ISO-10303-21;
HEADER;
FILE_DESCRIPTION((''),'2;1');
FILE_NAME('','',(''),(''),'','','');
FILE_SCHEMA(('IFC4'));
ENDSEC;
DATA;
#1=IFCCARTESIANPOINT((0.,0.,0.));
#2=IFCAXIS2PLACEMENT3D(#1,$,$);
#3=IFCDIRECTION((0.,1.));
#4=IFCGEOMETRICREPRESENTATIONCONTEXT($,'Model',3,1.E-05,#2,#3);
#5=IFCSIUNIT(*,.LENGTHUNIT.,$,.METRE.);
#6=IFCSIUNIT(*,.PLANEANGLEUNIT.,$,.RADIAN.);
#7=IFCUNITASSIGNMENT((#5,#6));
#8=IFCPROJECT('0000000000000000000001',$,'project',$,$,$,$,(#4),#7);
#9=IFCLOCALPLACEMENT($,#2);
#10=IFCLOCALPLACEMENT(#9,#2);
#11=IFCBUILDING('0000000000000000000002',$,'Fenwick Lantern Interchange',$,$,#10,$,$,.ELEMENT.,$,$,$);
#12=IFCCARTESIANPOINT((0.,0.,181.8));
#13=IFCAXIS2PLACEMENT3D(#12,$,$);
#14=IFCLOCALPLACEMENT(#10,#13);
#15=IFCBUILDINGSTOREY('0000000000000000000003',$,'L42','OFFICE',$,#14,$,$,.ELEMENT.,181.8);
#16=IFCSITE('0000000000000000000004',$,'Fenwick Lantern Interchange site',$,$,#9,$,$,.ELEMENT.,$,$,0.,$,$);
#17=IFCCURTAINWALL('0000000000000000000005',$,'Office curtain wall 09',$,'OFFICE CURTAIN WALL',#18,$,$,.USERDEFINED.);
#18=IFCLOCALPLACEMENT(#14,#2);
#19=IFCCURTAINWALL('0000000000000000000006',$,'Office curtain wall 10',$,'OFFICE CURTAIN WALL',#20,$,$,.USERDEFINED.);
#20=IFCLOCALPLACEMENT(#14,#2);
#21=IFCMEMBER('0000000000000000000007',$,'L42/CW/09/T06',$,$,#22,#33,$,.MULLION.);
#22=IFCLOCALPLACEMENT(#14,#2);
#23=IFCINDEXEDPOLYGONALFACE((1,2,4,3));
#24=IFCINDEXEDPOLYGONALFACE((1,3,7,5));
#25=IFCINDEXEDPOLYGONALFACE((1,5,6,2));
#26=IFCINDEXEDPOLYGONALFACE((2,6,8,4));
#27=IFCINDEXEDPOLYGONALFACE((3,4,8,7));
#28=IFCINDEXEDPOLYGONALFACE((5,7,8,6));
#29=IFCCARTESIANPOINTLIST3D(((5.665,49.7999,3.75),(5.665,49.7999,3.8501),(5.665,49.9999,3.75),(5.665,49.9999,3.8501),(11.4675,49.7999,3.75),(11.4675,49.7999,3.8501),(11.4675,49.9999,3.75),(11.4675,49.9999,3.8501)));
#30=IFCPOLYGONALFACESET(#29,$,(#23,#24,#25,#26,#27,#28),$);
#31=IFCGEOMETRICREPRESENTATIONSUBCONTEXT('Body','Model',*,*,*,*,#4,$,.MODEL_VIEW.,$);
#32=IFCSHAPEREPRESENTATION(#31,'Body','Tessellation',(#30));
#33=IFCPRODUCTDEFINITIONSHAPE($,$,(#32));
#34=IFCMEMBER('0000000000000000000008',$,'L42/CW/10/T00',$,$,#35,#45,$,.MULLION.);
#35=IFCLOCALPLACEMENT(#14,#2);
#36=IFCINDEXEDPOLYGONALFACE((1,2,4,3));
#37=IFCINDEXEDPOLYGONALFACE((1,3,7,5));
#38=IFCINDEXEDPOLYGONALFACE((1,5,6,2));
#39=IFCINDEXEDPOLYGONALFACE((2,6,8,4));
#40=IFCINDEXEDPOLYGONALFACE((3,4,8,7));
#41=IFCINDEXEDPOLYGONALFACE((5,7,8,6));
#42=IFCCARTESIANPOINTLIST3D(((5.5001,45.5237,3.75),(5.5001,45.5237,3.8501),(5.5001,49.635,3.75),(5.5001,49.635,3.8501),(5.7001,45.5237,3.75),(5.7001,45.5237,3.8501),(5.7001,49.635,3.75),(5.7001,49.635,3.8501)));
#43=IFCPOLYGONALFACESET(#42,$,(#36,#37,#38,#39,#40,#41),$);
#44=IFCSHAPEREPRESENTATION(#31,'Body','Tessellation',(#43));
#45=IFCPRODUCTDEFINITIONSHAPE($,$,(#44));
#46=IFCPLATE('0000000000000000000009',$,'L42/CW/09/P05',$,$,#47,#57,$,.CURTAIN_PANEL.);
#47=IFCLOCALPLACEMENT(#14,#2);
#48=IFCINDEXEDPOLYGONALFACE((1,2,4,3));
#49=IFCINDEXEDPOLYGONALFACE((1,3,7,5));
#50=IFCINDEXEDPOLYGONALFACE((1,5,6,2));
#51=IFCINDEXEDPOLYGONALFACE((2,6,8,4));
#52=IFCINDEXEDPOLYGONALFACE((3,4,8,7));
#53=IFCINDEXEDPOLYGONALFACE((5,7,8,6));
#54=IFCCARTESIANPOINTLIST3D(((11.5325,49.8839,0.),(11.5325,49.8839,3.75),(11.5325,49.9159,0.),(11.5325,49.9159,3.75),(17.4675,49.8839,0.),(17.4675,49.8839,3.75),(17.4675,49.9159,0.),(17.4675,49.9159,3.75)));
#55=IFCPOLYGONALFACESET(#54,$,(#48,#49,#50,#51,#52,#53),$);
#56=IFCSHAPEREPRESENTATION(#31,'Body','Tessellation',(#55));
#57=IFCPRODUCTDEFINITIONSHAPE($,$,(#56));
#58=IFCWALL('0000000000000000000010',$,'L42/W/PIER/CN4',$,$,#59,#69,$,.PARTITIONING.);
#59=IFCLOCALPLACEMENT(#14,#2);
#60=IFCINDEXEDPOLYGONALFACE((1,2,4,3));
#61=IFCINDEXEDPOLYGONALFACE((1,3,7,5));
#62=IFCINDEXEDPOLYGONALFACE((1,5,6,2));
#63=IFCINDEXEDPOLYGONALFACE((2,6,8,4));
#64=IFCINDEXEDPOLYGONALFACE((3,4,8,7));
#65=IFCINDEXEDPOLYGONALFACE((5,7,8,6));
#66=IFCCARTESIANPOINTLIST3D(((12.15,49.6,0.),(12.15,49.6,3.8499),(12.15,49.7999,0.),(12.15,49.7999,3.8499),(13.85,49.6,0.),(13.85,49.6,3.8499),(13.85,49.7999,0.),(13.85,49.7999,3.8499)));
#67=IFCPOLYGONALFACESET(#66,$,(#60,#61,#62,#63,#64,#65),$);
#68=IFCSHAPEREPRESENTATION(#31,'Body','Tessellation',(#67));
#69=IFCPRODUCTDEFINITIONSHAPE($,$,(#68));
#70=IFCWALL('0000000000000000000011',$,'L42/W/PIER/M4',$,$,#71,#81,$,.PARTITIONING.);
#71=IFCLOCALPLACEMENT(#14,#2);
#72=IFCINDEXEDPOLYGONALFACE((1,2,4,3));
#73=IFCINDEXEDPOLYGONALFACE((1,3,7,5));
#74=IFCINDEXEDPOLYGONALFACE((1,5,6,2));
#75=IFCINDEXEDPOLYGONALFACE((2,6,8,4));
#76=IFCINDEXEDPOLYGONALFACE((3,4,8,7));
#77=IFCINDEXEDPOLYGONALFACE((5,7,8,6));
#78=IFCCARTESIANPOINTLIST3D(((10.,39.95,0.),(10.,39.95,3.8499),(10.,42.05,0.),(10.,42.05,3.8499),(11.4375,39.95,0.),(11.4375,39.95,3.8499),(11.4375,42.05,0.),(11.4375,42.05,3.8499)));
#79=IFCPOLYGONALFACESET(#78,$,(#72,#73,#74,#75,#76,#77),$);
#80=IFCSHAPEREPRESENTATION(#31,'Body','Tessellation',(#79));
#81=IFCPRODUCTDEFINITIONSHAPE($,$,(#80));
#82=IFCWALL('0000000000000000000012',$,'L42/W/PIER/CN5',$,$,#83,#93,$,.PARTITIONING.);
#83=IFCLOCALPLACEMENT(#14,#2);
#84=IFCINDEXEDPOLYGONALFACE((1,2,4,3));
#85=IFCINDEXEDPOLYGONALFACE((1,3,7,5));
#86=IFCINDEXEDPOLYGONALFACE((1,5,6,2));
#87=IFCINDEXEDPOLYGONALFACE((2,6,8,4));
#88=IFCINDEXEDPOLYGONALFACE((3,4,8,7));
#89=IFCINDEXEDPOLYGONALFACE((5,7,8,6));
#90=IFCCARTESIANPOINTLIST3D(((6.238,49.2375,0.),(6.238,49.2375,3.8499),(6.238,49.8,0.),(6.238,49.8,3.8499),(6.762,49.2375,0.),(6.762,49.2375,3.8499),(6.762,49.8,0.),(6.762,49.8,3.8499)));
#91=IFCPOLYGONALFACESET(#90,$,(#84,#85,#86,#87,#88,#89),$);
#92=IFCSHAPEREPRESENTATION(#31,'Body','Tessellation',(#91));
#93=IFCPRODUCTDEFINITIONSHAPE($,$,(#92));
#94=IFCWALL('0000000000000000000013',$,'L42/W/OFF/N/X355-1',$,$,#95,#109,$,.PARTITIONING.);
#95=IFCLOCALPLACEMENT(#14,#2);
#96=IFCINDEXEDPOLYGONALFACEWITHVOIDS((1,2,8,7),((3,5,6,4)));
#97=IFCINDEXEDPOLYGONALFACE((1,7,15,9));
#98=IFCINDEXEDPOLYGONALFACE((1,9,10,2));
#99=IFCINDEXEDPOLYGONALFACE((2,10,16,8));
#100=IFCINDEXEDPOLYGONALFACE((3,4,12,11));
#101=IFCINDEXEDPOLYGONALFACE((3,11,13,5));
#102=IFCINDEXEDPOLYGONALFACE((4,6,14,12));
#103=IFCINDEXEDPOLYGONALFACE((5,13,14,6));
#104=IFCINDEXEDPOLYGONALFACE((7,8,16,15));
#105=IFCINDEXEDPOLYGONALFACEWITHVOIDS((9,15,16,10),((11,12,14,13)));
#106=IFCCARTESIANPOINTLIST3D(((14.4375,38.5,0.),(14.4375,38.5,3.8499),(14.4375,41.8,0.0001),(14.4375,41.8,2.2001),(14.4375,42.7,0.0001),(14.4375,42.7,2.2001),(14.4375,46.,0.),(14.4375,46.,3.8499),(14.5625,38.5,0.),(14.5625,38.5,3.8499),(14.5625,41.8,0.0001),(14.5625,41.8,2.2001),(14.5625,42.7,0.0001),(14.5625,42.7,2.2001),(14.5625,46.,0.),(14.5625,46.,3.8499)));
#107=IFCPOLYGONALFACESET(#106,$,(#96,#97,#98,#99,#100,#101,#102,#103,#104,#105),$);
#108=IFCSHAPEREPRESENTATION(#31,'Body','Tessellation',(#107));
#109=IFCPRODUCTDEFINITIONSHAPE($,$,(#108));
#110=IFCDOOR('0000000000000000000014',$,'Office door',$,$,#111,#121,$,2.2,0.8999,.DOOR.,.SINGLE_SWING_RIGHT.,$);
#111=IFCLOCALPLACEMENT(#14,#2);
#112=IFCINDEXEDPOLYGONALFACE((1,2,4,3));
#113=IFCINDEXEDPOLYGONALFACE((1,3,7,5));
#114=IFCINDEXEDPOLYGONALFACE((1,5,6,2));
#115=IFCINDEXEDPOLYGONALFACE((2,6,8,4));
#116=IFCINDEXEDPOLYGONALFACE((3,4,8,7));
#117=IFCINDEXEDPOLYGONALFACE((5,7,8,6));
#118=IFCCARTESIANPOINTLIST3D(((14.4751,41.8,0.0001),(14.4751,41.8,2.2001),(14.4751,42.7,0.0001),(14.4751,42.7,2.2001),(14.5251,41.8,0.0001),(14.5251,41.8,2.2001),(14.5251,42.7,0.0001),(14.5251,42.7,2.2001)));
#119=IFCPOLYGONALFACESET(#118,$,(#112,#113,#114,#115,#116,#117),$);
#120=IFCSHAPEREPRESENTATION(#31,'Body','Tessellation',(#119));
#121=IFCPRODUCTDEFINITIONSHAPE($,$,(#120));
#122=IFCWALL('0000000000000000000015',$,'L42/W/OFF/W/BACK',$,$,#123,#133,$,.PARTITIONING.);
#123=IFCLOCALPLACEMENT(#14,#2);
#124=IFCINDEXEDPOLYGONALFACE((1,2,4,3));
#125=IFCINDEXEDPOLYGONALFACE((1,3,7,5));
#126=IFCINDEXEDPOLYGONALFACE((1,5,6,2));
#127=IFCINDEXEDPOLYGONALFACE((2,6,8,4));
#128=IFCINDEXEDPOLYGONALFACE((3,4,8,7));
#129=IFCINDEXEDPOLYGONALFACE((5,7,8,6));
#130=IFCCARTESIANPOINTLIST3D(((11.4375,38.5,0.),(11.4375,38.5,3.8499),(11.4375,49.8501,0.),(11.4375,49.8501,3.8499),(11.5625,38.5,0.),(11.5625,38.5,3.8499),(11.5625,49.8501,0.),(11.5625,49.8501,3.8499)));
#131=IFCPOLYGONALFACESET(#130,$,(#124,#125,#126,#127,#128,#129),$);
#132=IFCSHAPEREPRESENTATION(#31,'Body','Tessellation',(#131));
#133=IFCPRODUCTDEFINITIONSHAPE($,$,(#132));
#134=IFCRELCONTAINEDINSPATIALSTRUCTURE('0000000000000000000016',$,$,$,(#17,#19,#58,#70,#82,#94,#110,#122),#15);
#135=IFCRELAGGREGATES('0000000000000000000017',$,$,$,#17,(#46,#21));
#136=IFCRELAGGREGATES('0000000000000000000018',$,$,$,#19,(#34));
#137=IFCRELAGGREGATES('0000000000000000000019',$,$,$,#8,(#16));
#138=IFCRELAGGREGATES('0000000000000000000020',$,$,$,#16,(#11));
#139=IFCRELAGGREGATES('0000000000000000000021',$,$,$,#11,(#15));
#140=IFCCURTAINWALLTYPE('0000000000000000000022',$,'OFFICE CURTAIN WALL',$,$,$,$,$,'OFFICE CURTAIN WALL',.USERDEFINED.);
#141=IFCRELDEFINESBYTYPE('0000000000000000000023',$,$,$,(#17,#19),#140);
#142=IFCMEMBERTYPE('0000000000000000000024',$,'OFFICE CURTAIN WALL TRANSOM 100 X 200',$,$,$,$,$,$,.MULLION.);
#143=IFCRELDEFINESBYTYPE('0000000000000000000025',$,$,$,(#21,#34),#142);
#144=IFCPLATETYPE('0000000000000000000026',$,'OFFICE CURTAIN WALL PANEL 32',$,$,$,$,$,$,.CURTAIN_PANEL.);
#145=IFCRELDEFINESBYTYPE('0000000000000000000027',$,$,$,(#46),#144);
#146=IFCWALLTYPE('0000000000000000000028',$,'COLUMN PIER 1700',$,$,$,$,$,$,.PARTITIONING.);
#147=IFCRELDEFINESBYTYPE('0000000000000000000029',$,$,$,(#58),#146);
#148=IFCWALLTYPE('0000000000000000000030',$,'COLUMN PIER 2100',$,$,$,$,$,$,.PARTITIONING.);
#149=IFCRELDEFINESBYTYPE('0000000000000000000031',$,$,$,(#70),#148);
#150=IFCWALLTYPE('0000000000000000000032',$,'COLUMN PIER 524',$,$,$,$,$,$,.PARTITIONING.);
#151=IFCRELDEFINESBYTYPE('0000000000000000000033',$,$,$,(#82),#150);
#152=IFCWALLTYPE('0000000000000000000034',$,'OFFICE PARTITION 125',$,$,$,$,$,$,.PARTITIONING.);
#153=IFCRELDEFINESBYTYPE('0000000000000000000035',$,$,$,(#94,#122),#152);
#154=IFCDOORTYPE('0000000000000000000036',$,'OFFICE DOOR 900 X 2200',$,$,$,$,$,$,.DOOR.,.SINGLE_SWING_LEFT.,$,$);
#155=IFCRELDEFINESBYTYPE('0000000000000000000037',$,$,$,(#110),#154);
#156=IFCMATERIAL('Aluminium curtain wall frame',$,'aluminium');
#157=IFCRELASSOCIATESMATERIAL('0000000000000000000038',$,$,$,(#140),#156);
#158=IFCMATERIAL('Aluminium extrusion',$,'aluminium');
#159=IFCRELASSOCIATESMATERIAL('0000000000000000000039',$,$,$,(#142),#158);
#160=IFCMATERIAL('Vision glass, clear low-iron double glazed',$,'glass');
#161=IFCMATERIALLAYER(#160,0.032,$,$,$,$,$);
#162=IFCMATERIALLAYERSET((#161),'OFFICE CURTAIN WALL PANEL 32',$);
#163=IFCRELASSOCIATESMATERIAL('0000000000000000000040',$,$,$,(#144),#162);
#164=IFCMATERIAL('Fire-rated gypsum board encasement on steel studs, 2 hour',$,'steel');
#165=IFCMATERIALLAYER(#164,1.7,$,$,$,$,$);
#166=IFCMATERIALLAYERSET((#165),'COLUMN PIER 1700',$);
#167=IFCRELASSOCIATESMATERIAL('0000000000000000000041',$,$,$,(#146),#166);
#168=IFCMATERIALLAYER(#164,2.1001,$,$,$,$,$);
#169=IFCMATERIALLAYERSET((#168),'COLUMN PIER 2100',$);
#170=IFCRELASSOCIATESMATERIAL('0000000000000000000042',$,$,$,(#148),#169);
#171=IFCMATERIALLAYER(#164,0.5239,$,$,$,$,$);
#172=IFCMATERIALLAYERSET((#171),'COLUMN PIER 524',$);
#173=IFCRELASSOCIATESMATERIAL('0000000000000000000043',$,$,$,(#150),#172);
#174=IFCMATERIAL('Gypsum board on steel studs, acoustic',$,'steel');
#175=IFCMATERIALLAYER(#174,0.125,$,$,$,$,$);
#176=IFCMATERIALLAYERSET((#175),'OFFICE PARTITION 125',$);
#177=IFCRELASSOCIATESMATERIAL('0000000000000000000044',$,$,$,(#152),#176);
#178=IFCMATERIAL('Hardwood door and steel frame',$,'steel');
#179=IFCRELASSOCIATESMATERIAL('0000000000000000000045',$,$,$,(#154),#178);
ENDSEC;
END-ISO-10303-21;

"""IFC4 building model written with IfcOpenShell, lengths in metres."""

from ifc_helpers import new_model, si_unit, direction, frame, frame_2d, origin, origin_2d, place, context, subcontext, project, spatial, rectangle, extrude, material, layer, layer_set, material_profile, profile_set, type_object, element, fill, aggregate, save


model = new_model("IFC4")

# Units and contexts
model_context = context("Model", 3, precision=1e-05, world=origin(), true_north=direction((0.0, 1.0)))
body_context = subcontext(model_context, "Body", "Model", "MODEL_VIEW")
ifc_project = project(units=[si_unit("LENGTHUNIT", "METRE"), si_unit("PLANEANGLEUNIT", "RADIAN")], contexts=[model_context])

# Site, building, storey
site_placement = place(None, origin())
site = spatial("IfcSite", under=ifc_project, at=site_placement, Name="Fenwick Lantern Interchange site", CompositionType="ELEMENT", RefElevation=0.0)
building_placement = place(site_placement, origin())
building = spatial("IfcBuilding", under=site, at=building_placement, Name="Fenwick Lantern Interchange", CompositionType="ELEMENT")
storey_placement = place(building_placement, frame((0.0, 0.0, 181.8)))
storey = spatial("IfcBuildingStorey", under=building, at=storey_placement, Name="L42", Description="OFFICE", CompositionType="ELEMENT", Elevation=181.8)

# Curtain wall
ifc_material_1 = material(Name="Aluminium curtain wall frame", Category="aluminium")
curtain_wall_type = type_object("IfcCurtainWallType", Name="OFFICE CURTAIN WALL", ElementType="OFFICE CURTAIN WALL", PredefinedType="USERDEFINED", material=ifc_material_1)
curtain_wall_1_placement = place(storey_placement, origin())
curtain_wall_1 = element("IfcCurtainWall", 1, at=curtain_wall_1_placement, inside=storey, type_object=curtain_wall_type, Name="Office curtain wall 09", ObjectType="OFFICE CURTAIN WALL", PredefinedType="USERDEFINED")
ifc_material_2 = material(Name="Aluminium extrusion", Category="aluminium")

# Curtain wall
curtain_wall_2_placement = place(storey_placement, origin())
curtain_wall_2 = element("IfcCurtainWall", 2, at=curtain_wall_2_placement, inside=storey, type_object=curtain_wall_type, Name="Office curtain wall 10", ObjectType="OFFICE CURTAIN WALL", PredefinedType="USERDEFINED")

# Members
ifc_material_profile_1 = material_profile(ifc_material_2, rectangle(XDim=0.2, YDim=0.1001, at=origin_2d()), Name="OFFICE CURTAIN WALL TRANSOM 100 X 200")
ifc_profile_set_1 = profile_set([ifc_material_profile_1], Name="Aluminium extrusion")
member_type_1 = type_object("IfcMemberType", Name="OFFICE CURTAIN WALL TRANSOM 100 X 200", PredefinedType="MULLION", material=ifc_profile_set_1)
member_1_placement = place(storey_placement, frame((11.4675, 49.8999, 3.8), z_axis=(-1.0, 0.0, 0.0), x_axis=(0.0, -1.0, 0.0)))
member_1 = element("IfcMember", 3, at=member_1_placement, type_object=member_type_1, Name="L42/CW/09/T06", PredefinedType="MULLION", context=body_context, shape_type="SweptSolid", body=[
    extrude(rectangle(XDim=0.2, YDim=0.1001, at=origin_2d()), origin(), (0.0, 0.0, 1.0), 5.8025),
])
member_2_placement = place(storey_placement, frame((5.6001, 49.635, 3.8), z_axis=(0.0, -1.0, 0.0), x_axis=(1.0, 0.0, 0.0)))
member_2 = element("IfcMember", 4, at=member_2_placement, type_object=member_type_1, Name="L42/CW/10/T00", PredefinedType="MULLION", context=body_context, shape_type="SweptSolid", body=[
    extrude(rectangle(XDim=0.2, YDim=0.1001, at=origin_2d()), origin(), (0.0, 0.0, 1.0), 4.1113),
])

# Plate
ifc_material_3 = material(Name="Vision glass, clear low-iron double glazed", Category="glass")
ifc_layer_1 = layer(ifc_material_3, 0.032)
ifc_layer_set_1 = layer_set([ifc_layer_1], Name="OFFICE CURTAIN WALL PANEL 32")
plate_type = type_object("IfcPlateType", Name="OFFICE CURTAIN WALL PANEL 32", PredefinedType="CURTAIN_PANEL", material=ifc_layer_set_1)
plate_1_placement = place(storey_placement, frame((14.5, 49.8999, 0.0), z_axis=(0.0, 0.0, 1.0), x_axis=(-1.0, 0.0, 0.0)))
plate_1 = element("IfcPlate", 5, at=plate_1_placement, type_object=plate_type, Name="L42/CW/09/P05", PredefinedType="CURTAIN_PANEL", context=body_context, shape_type="SweptSolid", body=[
    extrude(rectangle(XDim=5.9351, YDim=0.032, at=origin_2d()), origin(), (0.0, 0.0, 1.0), 3.75),
])
aggregate(curtain_wall_1, [plate_1, member_1])
aggregate(curtain_wall_2, [member_2])

# Walls
ifc_material_4 = material(Name="Fire-rated gypsum board encasement on steel studs, 2 hour", Category="steel")
ifc_layer_2 = layer(ifc_material_4, 1.7)
ifc_layer_set_2 = layer_set([ifc_layer_2], Name="COLUMN PIER 1700")
wall_type_1 = type_object("IfcWallType", Name="COLUMN PIER 1700", PredefinedType="PARTITIONING", material=ifc_layer_set_2)
wall_1_placement = place(storey_placement, frame((13.0, 49.8, 0.0), z_axis=(0.0, 0.0, 1.0), x_axis=(0.0, -1.0, 0.0)))
element("IfcWall", 6, at=wall_1_placement, inside=storey, type_object=wall_type_1, Name="L42/W/PIER/CN4", PredefinedType="PARTITIONING", context=body_context, shape_type="SweptSolid", body=[
    extrude(rectangle(XDim=0.2, YDim=1.7, at=frame_2d((0.1001, 0.0))), origin(), (0.0, 0.0, 1.0), 3.8499),
])
ifc_layer_3 = layer(ifc_material_4, 2.1001)
ifc_layer_set_3 = layer_set([ifc_layer_3], Name="COLUMN PIER 2100")
wall_type_2 = type_object("IfcWallType", Name="COLUMN PIER 2100", PredefinedType="PARTITIONING", material=ifc_layer_set_3)
wall_2_placement = place(storey_placement, frame((11.4375, 41.0, 0.0), z_axis=(0.0, 0.0, 1.0), x_axis=(-1.0, 0.0, 0.0)))
element("IfcWall", 7, at=wall_2_placement, inside=storey, type_object=wall_type_2, Name="L42/W/PIER/M4", PredefinedType="PARTITIONING", context=body_context, shape_type="SweptSolid", body=[
    extrude(rectangle(XDim=1.4375, YDim=2.1001, at=frame_2d((0.7188, 0.0))), origin(), (0.0, 0.0, 1.0), 3.8499),
])
ifc_layer_4 = layer(ifc_material_4, 0.5239)
ifc_layer_set_4 = layer_set([ifc_layer_4], Name="COLUMN PIER 524")
wall_type_3 = type_object("IfcWallType", Name="COLUMN PIER 524", PredefinedType="PARTITIONING", material=ifc_layer_set_4)
wall_3_placement = place(storey_placement, frame((6.5, 49.8, 0.0), z_axis=(0.0, 0.0, 1.0), x_axis=(0.0, -1.0, 0.0)))
element("IfcWall", 8, at=wall_3_placement, inside=storey, type_object=wall_type_3, Name="L42/W/PIER/CN5", PredefinedType="PARTITIONING", context=body_context, shape_type="SweptSolid", body=[
    extrude(rectangle(XDim=0.5625, YDim=0.5239, at=frame_2d((0.2812, 0.0))), origin(), (0.0, 0.0, 1.0), 3.8499),
])

# Wall, opening, door
ifc_material_5 = material(Name="Gypsum board on steel studs, acoustic", Category="steel")
ifc_layer_5 = layer(ifc_material_5, 0.125)
ifc_layer_set_5 = layer_set([ifc_layer_5], Name="OFFICE PARTITION 125")
wall_type_4 = type_object("IfcWallType", Name="OFFICE PARTITION 125", PredefinedType="PARTITIONING", material=ifc_layer_set_5)
wall_4_placement = place(storey_placement, frame((14.5, 46.0, 0.0), z_axis=(0.0, 0.0, 1.0), x_axis=(0.0, -1.0, 0.0)))
wall_4 = element("IfcWall", 9, at=wall_4_placement, inside=storey, type_object=wall_type_4, Name="L42/W/OFF/N/X355-1", PredefinedType="PARTITIONING", context=body_context, shape_type="SweptSolid", body=[
    extrude(rectangle(XDim=7.5, YDim=0.125, at=frame_2d((3.75, 0.0))), origin(), (0.0, 0.0, 1.0), 3.8499),
])
opening_placement = place(wall_4_placement, frame((3.3, 0.0, 0.0)))
opening = element("IfcOpeningElement", 10, at=opening_placement, cuts=wall_4, PredefinedType="OPENING", context=body_context, shape_type="SweptSolid", body=[
    extrude(rectangle(XDim=0.8999, YDim=2.2, at=frame_2d((0.45, 1.1001))), frame((0.0, 0.0725, 0.0), z_axis=(0.0, -1.0, 0.0), x_axis=(1.0, 0.0, 0.0)), (0.0, 0.0, 1.0), 0.145),
])
ifc_material_6 = material(Name="Hardwood door and steel frame", Category="steel")
door_type = type_object("IfcDoorType", Name="OFFICE DOOR 900 X 2200", OperationType="SINGLE_SWING_LEFT", PredefinedType="DOOR", material=ifc_material_6)
door_placement = place(opening_placement, frame((0.8999, 0.0, 0.0), z_axis=(0.0, 0.0, 1.0), x_axis=(-1.0, 0.0, 0.0)))
door = element("IfcDoor", 11, at=door_placement, inside=storey, type_object=door_type, Name="Office door", OperationType="SINGLE_SWING_RIGHT", OverallHeight=2.2, OverallWidth=0.8999, PredefinedType="DOOR", context=body_context, shape_type="SweptSolid", body=[
    extrude(rectangle(XDim=0.8999, YDim=2.2, at=frame_2d((0.45, 1.1001))), frame((0.0, 0.0249, 0.0), z_axis=(0.0, -1.0, 0.0), x_axis=(1.0, 0.0, 0.0)), (0.0, 0.0, 1.0), 0.05),
])
fill(opening, door)

# Wall
wall_5_placement = place(storey_placement, frame((11.5, 49.8501, 0.0), z_axis=(0.0, 0.0, 1.0), x_axis=(0.0, -1.0, 0.0)))
element("IfcWall", 12, at=wall_5_placement, inside=storey, type_object=wall_type_4, Name="L42/W/OFF/W/BACK", PredefinedType="PARTITIONING", context=body_context, shape_type="SweptSolid", body=[
    extrude(rectangle(XDim=11.3501, YDim=0.125, at=frame_2d((5.675, 0.0))), origin(), (0.0, 0.0, 1.0), 3.8499),
])

save(model, "model.ifc")
